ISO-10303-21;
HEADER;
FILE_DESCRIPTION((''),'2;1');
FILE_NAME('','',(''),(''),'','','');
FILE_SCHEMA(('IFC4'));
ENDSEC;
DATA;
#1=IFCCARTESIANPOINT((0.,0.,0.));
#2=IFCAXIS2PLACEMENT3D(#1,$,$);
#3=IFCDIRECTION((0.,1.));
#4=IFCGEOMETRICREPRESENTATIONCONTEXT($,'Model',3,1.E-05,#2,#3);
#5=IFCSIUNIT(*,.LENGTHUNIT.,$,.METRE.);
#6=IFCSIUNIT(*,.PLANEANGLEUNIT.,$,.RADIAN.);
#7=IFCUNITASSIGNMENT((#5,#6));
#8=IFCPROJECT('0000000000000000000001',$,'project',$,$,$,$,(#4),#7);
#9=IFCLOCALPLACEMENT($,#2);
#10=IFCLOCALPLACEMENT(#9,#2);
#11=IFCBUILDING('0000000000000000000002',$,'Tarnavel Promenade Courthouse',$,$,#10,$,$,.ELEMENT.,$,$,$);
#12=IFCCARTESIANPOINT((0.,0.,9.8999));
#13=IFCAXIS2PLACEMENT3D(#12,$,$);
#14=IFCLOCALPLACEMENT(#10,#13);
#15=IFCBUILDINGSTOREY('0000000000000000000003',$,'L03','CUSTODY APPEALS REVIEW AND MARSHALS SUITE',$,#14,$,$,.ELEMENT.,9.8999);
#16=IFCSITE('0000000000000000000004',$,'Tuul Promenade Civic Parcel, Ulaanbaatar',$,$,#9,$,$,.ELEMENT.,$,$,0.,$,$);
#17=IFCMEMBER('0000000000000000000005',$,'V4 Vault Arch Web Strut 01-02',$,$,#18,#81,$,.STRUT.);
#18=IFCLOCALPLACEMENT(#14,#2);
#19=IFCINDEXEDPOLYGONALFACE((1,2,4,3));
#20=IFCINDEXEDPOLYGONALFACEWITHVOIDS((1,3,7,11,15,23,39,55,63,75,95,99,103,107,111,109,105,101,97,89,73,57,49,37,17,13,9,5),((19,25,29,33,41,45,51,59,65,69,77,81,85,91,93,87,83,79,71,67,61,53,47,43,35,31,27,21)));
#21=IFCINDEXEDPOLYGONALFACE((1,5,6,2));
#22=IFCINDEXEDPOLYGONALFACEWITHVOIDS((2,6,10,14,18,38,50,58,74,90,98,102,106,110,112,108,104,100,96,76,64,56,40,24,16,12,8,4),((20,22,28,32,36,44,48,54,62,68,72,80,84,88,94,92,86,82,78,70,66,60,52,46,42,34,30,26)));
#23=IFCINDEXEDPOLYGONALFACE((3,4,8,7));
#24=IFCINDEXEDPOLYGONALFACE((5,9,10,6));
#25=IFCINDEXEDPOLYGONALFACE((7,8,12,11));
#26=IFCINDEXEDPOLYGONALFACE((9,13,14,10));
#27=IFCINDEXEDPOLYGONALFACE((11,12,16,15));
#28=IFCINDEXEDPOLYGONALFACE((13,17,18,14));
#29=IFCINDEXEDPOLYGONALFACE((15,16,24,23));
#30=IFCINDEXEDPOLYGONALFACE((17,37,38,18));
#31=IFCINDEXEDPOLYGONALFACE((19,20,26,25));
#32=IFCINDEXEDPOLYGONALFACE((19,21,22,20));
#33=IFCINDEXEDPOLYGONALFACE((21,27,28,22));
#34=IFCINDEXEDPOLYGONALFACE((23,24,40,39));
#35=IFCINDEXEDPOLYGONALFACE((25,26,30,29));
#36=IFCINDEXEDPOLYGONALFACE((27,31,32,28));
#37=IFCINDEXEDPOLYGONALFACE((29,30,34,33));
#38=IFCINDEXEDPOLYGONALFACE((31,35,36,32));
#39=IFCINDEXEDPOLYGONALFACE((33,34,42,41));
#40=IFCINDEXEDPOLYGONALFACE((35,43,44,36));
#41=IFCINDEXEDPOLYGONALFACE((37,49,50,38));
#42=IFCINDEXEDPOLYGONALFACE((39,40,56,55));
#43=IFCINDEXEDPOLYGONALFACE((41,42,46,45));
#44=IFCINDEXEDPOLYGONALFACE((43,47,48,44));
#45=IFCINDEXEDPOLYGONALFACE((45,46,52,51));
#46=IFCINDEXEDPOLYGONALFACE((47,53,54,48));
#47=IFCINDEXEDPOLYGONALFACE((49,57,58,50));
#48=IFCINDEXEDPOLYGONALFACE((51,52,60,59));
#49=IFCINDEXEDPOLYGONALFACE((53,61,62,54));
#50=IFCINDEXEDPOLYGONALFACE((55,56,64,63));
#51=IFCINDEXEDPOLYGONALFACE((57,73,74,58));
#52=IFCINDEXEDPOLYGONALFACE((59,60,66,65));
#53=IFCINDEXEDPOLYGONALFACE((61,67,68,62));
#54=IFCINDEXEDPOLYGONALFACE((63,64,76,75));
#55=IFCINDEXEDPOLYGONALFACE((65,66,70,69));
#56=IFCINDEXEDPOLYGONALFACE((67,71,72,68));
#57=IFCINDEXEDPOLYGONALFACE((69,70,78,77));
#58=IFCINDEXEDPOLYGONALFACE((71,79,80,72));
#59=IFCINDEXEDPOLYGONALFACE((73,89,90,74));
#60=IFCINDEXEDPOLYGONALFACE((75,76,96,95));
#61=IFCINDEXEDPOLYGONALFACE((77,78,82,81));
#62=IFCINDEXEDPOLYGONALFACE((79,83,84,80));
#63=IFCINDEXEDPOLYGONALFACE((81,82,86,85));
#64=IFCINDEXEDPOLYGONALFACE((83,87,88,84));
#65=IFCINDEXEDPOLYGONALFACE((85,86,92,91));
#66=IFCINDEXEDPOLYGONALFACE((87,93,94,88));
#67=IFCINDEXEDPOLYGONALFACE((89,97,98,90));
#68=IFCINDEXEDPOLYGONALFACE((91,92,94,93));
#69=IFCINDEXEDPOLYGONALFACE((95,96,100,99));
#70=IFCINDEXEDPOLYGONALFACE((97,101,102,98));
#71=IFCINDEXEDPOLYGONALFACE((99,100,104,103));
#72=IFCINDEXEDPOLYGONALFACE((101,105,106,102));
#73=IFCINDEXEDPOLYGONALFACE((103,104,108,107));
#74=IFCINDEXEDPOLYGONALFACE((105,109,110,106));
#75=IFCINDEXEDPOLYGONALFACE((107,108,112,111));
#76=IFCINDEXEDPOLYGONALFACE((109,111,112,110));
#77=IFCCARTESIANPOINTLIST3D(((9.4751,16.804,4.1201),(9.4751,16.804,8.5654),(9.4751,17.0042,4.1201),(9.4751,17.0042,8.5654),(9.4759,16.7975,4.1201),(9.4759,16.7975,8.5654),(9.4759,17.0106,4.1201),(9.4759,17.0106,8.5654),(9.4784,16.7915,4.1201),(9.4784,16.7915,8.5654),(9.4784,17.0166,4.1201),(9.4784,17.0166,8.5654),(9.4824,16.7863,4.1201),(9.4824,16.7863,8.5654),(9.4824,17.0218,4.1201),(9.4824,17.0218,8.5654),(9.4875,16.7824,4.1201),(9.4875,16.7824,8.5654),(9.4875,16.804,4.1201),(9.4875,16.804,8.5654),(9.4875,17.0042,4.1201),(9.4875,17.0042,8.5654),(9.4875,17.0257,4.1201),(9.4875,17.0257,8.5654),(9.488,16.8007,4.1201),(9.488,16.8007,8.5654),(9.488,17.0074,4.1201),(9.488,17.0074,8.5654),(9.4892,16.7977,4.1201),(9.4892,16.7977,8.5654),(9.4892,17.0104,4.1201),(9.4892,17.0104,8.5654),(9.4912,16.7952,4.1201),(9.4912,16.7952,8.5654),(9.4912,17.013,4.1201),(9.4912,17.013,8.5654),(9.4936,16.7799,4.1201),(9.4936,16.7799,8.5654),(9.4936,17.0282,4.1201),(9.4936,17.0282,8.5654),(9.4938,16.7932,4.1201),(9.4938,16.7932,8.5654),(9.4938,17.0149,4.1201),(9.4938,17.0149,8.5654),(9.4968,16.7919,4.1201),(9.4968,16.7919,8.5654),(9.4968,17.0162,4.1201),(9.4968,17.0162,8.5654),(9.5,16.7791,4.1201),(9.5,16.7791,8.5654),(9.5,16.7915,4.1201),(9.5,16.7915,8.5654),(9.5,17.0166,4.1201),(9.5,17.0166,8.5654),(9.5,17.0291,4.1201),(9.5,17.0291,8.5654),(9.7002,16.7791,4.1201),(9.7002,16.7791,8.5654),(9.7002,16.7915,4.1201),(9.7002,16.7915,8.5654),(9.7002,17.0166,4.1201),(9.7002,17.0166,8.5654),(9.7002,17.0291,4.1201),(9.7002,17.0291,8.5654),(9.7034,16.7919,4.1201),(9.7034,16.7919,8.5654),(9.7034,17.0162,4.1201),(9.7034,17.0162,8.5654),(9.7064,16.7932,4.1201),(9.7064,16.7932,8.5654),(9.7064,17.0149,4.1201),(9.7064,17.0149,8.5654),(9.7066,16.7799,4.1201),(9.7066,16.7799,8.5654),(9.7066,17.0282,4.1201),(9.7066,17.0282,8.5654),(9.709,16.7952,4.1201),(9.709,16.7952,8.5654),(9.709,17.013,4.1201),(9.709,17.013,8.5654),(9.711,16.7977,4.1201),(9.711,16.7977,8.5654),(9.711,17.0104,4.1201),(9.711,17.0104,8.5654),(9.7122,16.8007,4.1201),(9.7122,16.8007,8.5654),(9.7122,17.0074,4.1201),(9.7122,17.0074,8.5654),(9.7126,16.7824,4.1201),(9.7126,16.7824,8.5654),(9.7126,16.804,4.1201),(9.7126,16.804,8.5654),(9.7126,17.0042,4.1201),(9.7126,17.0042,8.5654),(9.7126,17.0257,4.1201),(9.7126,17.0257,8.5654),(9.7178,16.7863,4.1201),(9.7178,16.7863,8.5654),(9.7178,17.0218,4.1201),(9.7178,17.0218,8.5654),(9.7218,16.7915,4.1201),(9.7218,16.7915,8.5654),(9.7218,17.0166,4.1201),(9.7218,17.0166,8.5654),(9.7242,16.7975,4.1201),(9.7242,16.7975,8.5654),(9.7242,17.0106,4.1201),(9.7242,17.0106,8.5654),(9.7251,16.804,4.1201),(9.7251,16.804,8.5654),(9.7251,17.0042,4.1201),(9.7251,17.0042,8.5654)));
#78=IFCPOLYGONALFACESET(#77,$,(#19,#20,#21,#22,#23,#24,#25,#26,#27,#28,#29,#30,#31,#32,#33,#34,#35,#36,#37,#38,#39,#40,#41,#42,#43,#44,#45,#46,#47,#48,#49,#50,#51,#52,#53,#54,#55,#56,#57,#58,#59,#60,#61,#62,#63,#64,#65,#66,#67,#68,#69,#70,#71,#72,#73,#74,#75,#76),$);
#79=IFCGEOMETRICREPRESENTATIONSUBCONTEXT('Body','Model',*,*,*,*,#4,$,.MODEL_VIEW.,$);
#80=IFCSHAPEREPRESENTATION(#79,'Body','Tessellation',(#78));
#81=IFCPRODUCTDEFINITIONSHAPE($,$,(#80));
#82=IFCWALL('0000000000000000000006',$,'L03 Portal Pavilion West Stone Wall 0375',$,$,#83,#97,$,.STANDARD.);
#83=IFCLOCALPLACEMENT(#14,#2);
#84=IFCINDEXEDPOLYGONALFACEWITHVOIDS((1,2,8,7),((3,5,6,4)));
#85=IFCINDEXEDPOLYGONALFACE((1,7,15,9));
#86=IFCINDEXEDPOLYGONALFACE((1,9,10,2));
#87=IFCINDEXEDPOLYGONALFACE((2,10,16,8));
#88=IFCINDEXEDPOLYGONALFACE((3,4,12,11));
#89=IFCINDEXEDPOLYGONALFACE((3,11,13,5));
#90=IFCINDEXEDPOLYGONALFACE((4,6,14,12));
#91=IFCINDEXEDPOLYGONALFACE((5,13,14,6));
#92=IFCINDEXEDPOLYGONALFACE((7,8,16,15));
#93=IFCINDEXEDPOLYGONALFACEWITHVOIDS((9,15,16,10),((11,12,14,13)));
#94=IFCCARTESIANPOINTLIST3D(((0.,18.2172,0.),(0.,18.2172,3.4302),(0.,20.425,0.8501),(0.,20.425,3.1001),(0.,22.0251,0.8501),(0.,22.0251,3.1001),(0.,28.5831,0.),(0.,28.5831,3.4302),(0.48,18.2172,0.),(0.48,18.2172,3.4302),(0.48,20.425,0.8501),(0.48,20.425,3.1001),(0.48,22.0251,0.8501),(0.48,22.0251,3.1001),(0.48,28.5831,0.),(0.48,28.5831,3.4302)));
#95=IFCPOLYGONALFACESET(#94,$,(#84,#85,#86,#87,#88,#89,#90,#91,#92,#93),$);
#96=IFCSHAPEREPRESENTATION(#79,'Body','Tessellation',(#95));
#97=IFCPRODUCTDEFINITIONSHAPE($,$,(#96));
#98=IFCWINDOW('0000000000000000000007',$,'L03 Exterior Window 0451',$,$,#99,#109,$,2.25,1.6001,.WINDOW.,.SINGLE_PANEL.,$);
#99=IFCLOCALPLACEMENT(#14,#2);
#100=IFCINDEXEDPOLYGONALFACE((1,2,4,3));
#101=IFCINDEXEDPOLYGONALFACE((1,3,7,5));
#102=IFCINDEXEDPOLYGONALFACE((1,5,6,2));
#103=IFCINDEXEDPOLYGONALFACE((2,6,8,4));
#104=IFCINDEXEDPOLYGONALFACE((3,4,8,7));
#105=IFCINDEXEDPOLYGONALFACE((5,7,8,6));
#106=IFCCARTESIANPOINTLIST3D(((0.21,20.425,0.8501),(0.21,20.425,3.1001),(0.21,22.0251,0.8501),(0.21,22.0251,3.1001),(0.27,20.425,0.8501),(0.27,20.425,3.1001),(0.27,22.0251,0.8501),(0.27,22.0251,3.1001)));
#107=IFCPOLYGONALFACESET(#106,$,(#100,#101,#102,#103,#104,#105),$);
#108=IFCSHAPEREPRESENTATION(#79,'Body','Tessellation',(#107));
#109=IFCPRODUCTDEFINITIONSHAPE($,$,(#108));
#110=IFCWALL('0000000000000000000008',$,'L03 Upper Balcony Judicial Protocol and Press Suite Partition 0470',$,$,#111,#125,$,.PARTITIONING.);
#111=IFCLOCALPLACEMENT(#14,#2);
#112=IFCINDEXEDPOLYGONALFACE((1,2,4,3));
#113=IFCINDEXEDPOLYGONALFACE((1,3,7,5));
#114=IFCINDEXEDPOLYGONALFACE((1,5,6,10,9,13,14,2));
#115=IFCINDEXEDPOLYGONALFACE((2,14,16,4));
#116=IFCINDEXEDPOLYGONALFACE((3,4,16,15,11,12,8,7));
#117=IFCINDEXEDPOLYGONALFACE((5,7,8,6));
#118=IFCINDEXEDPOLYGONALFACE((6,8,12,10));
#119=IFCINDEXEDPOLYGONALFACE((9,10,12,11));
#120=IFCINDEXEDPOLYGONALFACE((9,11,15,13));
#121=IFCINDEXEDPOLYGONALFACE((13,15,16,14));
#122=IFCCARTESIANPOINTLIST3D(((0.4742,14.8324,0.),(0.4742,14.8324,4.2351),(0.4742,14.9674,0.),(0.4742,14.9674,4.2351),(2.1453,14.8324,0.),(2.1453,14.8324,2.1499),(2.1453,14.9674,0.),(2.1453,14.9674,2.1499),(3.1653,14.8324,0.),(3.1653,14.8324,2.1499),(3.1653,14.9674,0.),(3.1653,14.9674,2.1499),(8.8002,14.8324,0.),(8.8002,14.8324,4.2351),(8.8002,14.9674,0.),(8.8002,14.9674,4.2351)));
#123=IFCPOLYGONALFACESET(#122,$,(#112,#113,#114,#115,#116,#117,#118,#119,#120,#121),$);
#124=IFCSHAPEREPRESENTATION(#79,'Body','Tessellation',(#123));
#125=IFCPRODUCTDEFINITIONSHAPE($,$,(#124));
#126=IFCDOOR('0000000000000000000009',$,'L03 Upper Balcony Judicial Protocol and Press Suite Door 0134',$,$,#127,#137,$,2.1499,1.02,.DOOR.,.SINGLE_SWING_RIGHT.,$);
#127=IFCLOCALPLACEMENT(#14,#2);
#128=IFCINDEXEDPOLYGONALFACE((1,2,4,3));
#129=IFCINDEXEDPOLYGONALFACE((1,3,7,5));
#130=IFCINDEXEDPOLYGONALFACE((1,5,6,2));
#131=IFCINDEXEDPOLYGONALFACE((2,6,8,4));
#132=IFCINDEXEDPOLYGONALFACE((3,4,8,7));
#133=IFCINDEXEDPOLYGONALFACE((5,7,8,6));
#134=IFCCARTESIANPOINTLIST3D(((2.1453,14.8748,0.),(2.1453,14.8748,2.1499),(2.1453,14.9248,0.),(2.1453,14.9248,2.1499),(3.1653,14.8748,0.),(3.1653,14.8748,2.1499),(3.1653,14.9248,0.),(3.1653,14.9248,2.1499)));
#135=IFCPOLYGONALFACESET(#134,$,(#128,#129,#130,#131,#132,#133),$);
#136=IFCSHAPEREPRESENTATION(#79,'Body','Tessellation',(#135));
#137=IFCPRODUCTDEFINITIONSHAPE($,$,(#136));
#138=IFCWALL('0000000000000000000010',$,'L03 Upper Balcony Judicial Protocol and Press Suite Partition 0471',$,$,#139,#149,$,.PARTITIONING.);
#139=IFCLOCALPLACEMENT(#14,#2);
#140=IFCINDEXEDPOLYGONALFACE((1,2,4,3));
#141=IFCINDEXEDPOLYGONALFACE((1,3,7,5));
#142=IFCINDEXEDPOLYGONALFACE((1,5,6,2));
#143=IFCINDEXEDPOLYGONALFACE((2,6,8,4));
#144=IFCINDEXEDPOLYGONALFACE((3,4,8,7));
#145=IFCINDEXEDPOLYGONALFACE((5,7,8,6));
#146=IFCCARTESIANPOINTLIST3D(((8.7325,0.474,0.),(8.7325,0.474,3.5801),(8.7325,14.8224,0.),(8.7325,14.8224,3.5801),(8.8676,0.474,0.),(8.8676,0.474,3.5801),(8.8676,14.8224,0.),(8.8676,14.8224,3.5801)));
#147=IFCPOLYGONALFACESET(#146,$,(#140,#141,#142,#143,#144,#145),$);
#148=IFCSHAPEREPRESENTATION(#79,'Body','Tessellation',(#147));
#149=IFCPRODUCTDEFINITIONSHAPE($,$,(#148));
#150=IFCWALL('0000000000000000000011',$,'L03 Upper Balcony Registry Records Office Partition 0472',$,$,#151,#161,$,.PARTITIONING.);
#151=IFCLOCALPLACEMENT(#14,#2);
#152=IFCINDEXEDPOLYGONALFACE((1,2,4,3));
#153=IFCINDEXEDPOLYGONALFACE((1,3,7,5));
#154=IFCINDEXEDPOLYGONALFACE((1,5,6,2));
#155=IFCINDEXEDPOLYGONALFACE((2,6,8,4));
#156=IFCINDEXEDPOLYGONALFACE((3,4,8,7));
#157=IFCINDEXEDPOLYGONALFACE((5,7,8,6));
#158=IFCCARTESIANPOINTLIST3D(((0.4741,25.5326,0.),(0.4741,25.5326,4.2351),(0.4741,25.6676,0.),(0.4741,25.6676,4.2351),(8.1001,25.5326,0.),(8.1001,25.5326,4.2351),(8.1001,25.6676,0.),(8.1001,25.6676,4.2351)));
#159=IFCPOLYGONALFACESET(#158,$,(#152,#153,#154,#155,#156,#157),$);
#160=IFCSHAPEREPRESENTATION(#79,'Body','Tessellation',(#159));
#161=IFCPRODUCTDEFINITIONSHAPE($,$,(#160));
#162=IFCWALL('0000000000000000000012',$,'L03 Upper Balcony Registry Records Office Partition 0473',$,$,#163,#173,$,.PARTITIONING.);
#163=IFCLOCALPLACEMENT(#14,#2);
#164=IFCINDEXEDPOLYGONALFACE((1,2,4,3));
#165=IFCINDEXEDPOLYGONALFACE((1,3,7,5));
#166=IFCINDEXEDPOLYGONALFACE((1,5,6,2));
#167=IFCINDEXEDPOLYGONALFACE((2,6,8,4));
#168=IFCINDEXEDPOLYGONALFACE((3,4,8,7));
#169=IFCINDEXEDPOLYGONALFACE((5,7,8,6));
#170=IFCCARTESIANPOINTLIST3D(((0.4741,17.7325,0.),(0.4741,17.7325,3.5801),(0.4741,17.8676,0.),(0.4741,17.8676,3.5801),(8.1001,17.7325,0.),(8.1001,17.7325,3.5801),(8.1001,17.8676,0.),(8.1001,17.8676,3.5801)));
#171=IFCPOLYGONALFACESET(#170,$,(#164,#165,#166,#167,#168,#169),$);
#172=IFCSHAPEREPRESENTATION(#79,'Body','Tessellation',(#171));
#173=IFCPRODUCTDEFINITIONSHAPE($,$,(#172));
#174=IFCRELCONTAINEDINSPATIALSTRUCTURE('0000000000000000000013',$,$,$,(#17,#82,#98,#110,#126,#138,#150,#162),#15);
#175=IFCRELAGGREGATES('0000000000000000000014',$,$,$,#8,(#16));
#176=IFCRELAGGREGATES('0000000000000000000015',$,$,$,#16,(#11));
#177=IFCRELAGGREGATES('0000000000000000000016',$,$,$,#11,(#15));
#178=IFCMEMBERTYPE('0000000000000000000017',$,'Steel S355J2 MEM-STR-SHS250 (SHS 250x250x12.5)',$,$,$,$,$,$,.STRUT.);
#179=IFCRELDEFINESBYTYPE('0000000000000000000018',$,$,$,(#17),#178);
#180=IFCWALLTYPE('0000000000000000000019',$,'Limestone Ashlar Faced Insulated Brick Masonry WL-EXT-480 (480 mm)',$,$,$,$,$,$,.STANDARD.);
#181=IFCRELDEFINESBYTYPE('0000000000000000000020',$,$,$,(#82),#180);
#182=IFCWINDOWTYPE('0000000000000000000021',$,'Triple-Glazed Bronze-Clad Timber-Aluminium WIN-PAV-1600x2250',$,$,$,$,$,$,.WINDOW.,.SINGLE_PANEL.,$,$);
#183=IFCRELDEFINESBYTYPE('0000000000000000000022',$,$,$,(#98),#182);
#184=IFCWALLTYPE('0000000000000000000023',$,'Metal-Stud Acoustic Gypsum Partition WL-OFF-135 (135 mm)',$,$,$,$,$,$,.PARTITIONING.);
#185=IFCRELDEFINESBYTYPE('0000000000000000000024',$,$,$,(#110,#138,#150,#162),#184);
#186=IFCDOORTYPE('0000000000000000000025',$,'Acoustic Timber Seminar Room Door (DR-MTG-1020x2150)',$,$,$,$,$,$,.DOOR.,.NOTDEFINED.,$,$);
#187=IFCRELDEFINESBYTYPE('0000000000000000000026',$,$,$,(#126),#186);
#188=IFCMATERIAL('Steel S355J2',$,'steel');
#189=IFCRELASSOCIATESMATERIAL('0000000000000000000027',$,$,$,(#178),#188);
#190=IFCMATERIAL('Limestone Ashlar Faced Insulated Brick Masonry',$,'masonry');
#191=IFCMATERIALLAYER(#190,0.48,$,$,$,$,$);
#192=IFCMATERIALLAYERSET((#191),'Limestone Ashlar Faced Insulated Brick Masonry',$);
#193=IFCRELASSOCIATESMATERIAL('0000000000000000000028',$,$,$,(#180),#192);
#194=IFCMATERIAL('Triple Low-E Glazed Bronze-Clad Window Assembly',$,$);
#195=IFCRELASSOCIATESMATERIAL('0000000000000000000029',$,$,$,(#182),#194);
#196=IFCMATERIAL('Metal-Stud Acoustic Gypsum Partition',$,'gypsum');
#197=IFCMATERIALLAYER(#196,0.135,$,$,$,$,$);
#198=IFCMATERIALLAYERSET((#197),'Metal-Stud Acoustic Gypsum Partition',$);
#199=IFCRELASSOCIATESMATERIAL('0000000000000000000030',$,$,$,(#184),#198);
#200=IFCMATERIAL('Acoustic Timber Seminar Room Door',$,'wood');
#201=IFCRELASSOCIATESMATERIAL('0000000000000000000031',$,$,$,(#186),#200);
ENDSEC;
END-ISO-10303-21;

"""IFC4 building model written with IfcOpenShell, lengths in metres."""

from ifc_helpers import new_model, si_unit, direction, frame, frame_2d, origin, origin_2d, place, context, subcontext, project, spatial, rectangle, hollow_rectangle, extrude, material, layer, layer_set, material_profile, profile_set, type_object, element, fill, save


model = new_model("IFC4")

# Units and contexts
model_context = context("Model", 3, precision=1e-05, world=origin(), true_north=direction((0.0, 1.0)))
body_context = subcontext(model_context, "Body", "Model", "MODEL_VIEW")
ifc_project = project(units=[si_unit("LENGTHUNIT", "METRE"), si_unit("PLANEANGLEUNIT", "RADIAN")], contexts=[model_context])

# Site, building, storey
site_placement = place(None, origin())
site = spatial("IfcSite", under=ifc_project, at=site_placement, Name="Tuul Promenade Civic Parcel, Ulaanbaatar", CompositionType="ELEMENT", RefElevation=0.0)
building_placement = place(site_placement, origin())
building = spatial("IfcBuilding", under=site, at=building_placement, Name="Tarnavel Promenade Courthouse", CompositionType="ELEMENT")
storey_placement = place(building_placement, frame((0.0, 0.0, 9.8999)))
storey = spatial("IfcBuildingStorey", under=building, at=storey_placement, Name="L03", Description="CUSTODY APPEALS REVIEW AND MARSHALS SUITE", CompositionType="ELEMENT", Elevation=9.8999)

# Member
ifc_material_1 = material(Name="Steel S355J2", Category="steel")
ifc_material_profile_1 = material_profile(ifc_material_1, hollow_rectangle(XDim=0.25, YDim=0.25, WallThickness=0.0125, InnerFilletRadius=0.0125, OuterFilletRadius=0.0249, at=origin_2d()), Name="SHS 250x250x12.5")
ifc_profile_set_1 = profile_set([ifc_material_profile_1], Name="Steel S355J2")
member_type = type_object("IfcMemberType", Name="Steel S355J2 MEM-STR-SHS250 (SHS 250x250x12.5)", PredefinedType="STRUT", material=ifc_profile_set_1)
member_1_placement = place(storey_placement, frame((9.6001, 16.9041, 4.1201), z_axis=(0.0, 0.0, 1.0), x_axis=(1.0, 0.0, 0.0)))
element("IfcMember", 1, at=member_1_placement, inside=storey, type_object=member_type, Name="V4 Vault Arch Web Strut 01-02", PredefinedType="STRUT", context=body_context, shape_type="SweptSolid", body=[
    extrude(hollow_rectangle(XDim=0.25, YDim=0.25, WallThickness=0.0125, InnerFilletRadius=0.0125, OuterFilletRadius=0.0249, at=origin_2d()), origin(), (0.0, 0.0, 1.0), 4.4453),
])

# Wall, opening, window
ifc_material_2 = material(Name="Limestone Ashlar Faced Insulated Brick Masonry", Category="masonry")
ifc_layer_1 = layer(ifc_material_2, 0.48)
ifc_layer_set_1 = layer_set([ifc_layer_1], Name="Limestone Ashlar Faced Insulated Brick Masonry")
wall_type_1 = type_object("IfcWallType", Name="Limestone Ashlar Faced Insulated Brick Masonry WL-EXT-480 (480 mm)", PredefinedType="STANDARD", material=ifc_layer_set_1)
wall_1_placement = place(storey_placement, frame((0.24, 18.217, 0.0), z_axis=(0.0, 0.0, 1.0), x_axis=(0.0, 1.0, 0.0)))
wall_1 = element("IfcWall", 2, at=wall_1_placement, inside=storey, type_object=wall_type_1, Name="L03 Portal Pavilion West Stone Wall 0375", PredefinedType="STANDARD", context=body_context, shape_type="SweptSolid", body=[
    extrude(rectangle(XDim=10.366, YDim=0.48, at=frame_2d((5.1831, 0.0))), origin(), (0.0, 0.0, 1.0), 3.4302),
])
opening_1_placement = place(wall_1_placement, frame((2.208, 0.0, 0.8501)))
opening_1 = element("IfcOpeningElement", 3, at=opening_1_placement, cuts=wall_1, PredefinedType="OPENING", context=body_context, shape_type="SweptSolid", body=[
    extrude(rectangle(XDim=1.6001, YDim=2.25, at=frame_2d((0.8, 1.125))), frame((0.0, 0.25, 0.0), z_axis=(0.0, -1.0, 0.0), x_axis=(1.0, 0.0, 0.0)), (0.0, 0.0, 1.0), 0.5),
])
ifc_material_3 = material(Name="Triple Low-E Glazed Bronze-Clad Window Assembly")
window_type = type_object("IfcWindowType", Name="Triple-Glazed Bronze-Clad Timber-Aluminium WIN-PAV-1600x2250", PartitioningType="SINGLE_PANEL", PredefinedType="WINDOW", material=ifc_material_3)
window_placement = place(opening_1_placement, origin())
window = element("IfcWindow", 4, at=window_placement, inside=storey, type_object=window_type, Name="L03 Exterior Window 0451", OverallHeight=2.25, OverallWidth=1.6001, PartitioningType="SINGLE_PANEL", PredefinedType="WINDOW", context=body_context, shape_type="SweptSolid", body=[
    extrude(rectangle(XDim=1.6001, YDim=2.25, at=frame_2d((0.8, 1.125))), frame((0.0, 0.03, 0.0), z_axis=(0.0, -1.0, 0.0), x_axis=(1.0, 0.0, 0.0)), (0.0, 0.0, 1.0), 0.0601),
])
fill(opening_1, window)

# Wall, opening, door
ifc_material_4 = material(Name="Metal-Stud Acoustic Gypsum Partition", Category="gypsum")
ifc_layer_2 = layer(ifc_material_4, 0.135)
ifc_layer_set_2 = layer_set([ifc_layer_2], Name="Metal-Stud Acoustic Gypsum Partition")
wall_type_2 = type_object("IfcWallType", Name="Metal-Stud Acoustic Gypsum Partition WL-OFF-135 (135 mm)", PredefinedType="PARTITIONING", material=ifc_layer_set_2)
wall_2_placement = place(storey_placement, frame((0.4741, 14.8999, 0.0), z_axis=(0.0, 0.0, 1.0), x_axis=(1.0, 0.0, 0.0)))
wall_2 = element("IfcWall", 5, at=wall_2_placement, inside=storey, type_object=wall_type_2, Name="L03 Upper Balcony Judicial Protocol and Press Suite Partition 0470", PredefinedType="PARTITIONING", context=body_context, shape_type="SweptSolid", body=[
    extrude(rectangle(XDim=8.3259, YDim=0.135, at=frame_2d((4.1631, 0.0))), origin(), (0.0, 0.0, 1.0), 4.2351),
])
opening_2_placement = place(wall_2_placement, frame((1.6711, 0.0, 0.0)))
opening_2 = element("IfcOpeningElement", 6, at=opening_2_placement, cuts=wall_2, PredefinedType="OPENING", context=body_context, shape_type="SweptSolid", body=[
    extrude(rectangle(XDim=1.02, YDim=2.1499, at=frame_2d((0.51, 1.075))), frame((0.0, 0.0774, 0.0), z_axis=(0.0, -1.0, 0.0), x_axis=(1.0, 0.0, 0.0)), (0.0, 0.0, 1.0), 0.155),
])
ifc_material_5 = material(Name="Acoustic Timber Seminar Room Door", Category="wood")
door_type_1 = type_object("IfcDoorType", Name="Acoustic Timber Seminar Room Door (DR-MTG-1020x2150)", OperationType="NOTDEFINED", PredefinedType="DOOR", material=ifc_material_5)
door_1_placement = place(opening_2_placement, origin())
door_1 = element("IfcDoor", 7, at=door_1_placement, inside=storey, type_object=door_type_1, Name="L03 Upper Balcony Judicial Protocol and Press Suite Door 0134", OperationType="SINGLE_SWING_RIGHT", OverallHeight=2.1499, OverallWidth=1.02, PredefinedType="DOOR", context=body_context, shape_type="SweptSolid", body=[
    extrude(rectangle(XDim=1.02, YDim=2.1499, at=frame_2d((0.51, 1.075))), frame((0.0, 0.0249, 0.0), z_axis=(0.0, -1.0, 0.0), x_axis=(1.0, 0.0, 0.0)), (0.0, 0.0, 1.0), 0.05),
])
fill(opening_2, door_1)

# Walls
wall_3_placement = place(storey_placement, frame((8.8, 14.8225, 0.0), z_axis=(0.0, 0.0, 1.0), x_axis=(0.0, -1.0, 0.0)))
element("IfcWall", 8, at=wall_3_placement, inside=storey, type_object=wall_type_2, Name="L03 Upper Balcony Judicial Protocol and Press Suite Partition 0471", PredefinedType="PARTITIONING", context=body_context, shape_type="SweptSolid", body=[
    extrude(rectangle(XDim=14.3484, YDim=0.135, at=frame_2d((7.1743, 0.0))), origin(), (0.0, 0.0, 1.0), 3.5801),
])
wall_4_placement = place(storey_placement, frame((0.4741, 25.6001, 0.0), z_axis=(0.0, 0.0, 1.0), x_axis=(1.0, 0.0, 0.0)))
element("IfcWall", 9, at=wall_4_placement, inside=storey, type_object=wall_type_2, Name="L03 Upper Balcony Registry Records Office Partition 0472", PredefinedType="PARTITIONING", context=body_context, shape_type="SweptSolid", body=[
    extrude(rectangle(XDim=7.626, YDim=0.135, at=frame_2d((3.813, 0.0))), origin(), (0.0, 0.0, 1.0), 4.2351),
])
wall_5_placement = place(storey_placement, frame((8.1001, 17.8, 0.0), z_axis=(0.0, 0.0, 1.0), x_axis=(-1.0, 0.0, 0.0)))
element("IfcWall", 10, at=wall_5_placement, inside=storey, type_object=wall_type_2, Name="L03 Upper Balcony Registry Records Office Partition 0473", PredefinedType="PARTITIONING", context=body_context, shape_type="SweptSolid", body=[
    extrude(rectangle(XDim=7.626, YDim=0.135, at=frame_2d((3.813, 0.0))), origin(), (0.0, 0.0, 1.0), 3.5801),
])

save(model, "model.ifc")
